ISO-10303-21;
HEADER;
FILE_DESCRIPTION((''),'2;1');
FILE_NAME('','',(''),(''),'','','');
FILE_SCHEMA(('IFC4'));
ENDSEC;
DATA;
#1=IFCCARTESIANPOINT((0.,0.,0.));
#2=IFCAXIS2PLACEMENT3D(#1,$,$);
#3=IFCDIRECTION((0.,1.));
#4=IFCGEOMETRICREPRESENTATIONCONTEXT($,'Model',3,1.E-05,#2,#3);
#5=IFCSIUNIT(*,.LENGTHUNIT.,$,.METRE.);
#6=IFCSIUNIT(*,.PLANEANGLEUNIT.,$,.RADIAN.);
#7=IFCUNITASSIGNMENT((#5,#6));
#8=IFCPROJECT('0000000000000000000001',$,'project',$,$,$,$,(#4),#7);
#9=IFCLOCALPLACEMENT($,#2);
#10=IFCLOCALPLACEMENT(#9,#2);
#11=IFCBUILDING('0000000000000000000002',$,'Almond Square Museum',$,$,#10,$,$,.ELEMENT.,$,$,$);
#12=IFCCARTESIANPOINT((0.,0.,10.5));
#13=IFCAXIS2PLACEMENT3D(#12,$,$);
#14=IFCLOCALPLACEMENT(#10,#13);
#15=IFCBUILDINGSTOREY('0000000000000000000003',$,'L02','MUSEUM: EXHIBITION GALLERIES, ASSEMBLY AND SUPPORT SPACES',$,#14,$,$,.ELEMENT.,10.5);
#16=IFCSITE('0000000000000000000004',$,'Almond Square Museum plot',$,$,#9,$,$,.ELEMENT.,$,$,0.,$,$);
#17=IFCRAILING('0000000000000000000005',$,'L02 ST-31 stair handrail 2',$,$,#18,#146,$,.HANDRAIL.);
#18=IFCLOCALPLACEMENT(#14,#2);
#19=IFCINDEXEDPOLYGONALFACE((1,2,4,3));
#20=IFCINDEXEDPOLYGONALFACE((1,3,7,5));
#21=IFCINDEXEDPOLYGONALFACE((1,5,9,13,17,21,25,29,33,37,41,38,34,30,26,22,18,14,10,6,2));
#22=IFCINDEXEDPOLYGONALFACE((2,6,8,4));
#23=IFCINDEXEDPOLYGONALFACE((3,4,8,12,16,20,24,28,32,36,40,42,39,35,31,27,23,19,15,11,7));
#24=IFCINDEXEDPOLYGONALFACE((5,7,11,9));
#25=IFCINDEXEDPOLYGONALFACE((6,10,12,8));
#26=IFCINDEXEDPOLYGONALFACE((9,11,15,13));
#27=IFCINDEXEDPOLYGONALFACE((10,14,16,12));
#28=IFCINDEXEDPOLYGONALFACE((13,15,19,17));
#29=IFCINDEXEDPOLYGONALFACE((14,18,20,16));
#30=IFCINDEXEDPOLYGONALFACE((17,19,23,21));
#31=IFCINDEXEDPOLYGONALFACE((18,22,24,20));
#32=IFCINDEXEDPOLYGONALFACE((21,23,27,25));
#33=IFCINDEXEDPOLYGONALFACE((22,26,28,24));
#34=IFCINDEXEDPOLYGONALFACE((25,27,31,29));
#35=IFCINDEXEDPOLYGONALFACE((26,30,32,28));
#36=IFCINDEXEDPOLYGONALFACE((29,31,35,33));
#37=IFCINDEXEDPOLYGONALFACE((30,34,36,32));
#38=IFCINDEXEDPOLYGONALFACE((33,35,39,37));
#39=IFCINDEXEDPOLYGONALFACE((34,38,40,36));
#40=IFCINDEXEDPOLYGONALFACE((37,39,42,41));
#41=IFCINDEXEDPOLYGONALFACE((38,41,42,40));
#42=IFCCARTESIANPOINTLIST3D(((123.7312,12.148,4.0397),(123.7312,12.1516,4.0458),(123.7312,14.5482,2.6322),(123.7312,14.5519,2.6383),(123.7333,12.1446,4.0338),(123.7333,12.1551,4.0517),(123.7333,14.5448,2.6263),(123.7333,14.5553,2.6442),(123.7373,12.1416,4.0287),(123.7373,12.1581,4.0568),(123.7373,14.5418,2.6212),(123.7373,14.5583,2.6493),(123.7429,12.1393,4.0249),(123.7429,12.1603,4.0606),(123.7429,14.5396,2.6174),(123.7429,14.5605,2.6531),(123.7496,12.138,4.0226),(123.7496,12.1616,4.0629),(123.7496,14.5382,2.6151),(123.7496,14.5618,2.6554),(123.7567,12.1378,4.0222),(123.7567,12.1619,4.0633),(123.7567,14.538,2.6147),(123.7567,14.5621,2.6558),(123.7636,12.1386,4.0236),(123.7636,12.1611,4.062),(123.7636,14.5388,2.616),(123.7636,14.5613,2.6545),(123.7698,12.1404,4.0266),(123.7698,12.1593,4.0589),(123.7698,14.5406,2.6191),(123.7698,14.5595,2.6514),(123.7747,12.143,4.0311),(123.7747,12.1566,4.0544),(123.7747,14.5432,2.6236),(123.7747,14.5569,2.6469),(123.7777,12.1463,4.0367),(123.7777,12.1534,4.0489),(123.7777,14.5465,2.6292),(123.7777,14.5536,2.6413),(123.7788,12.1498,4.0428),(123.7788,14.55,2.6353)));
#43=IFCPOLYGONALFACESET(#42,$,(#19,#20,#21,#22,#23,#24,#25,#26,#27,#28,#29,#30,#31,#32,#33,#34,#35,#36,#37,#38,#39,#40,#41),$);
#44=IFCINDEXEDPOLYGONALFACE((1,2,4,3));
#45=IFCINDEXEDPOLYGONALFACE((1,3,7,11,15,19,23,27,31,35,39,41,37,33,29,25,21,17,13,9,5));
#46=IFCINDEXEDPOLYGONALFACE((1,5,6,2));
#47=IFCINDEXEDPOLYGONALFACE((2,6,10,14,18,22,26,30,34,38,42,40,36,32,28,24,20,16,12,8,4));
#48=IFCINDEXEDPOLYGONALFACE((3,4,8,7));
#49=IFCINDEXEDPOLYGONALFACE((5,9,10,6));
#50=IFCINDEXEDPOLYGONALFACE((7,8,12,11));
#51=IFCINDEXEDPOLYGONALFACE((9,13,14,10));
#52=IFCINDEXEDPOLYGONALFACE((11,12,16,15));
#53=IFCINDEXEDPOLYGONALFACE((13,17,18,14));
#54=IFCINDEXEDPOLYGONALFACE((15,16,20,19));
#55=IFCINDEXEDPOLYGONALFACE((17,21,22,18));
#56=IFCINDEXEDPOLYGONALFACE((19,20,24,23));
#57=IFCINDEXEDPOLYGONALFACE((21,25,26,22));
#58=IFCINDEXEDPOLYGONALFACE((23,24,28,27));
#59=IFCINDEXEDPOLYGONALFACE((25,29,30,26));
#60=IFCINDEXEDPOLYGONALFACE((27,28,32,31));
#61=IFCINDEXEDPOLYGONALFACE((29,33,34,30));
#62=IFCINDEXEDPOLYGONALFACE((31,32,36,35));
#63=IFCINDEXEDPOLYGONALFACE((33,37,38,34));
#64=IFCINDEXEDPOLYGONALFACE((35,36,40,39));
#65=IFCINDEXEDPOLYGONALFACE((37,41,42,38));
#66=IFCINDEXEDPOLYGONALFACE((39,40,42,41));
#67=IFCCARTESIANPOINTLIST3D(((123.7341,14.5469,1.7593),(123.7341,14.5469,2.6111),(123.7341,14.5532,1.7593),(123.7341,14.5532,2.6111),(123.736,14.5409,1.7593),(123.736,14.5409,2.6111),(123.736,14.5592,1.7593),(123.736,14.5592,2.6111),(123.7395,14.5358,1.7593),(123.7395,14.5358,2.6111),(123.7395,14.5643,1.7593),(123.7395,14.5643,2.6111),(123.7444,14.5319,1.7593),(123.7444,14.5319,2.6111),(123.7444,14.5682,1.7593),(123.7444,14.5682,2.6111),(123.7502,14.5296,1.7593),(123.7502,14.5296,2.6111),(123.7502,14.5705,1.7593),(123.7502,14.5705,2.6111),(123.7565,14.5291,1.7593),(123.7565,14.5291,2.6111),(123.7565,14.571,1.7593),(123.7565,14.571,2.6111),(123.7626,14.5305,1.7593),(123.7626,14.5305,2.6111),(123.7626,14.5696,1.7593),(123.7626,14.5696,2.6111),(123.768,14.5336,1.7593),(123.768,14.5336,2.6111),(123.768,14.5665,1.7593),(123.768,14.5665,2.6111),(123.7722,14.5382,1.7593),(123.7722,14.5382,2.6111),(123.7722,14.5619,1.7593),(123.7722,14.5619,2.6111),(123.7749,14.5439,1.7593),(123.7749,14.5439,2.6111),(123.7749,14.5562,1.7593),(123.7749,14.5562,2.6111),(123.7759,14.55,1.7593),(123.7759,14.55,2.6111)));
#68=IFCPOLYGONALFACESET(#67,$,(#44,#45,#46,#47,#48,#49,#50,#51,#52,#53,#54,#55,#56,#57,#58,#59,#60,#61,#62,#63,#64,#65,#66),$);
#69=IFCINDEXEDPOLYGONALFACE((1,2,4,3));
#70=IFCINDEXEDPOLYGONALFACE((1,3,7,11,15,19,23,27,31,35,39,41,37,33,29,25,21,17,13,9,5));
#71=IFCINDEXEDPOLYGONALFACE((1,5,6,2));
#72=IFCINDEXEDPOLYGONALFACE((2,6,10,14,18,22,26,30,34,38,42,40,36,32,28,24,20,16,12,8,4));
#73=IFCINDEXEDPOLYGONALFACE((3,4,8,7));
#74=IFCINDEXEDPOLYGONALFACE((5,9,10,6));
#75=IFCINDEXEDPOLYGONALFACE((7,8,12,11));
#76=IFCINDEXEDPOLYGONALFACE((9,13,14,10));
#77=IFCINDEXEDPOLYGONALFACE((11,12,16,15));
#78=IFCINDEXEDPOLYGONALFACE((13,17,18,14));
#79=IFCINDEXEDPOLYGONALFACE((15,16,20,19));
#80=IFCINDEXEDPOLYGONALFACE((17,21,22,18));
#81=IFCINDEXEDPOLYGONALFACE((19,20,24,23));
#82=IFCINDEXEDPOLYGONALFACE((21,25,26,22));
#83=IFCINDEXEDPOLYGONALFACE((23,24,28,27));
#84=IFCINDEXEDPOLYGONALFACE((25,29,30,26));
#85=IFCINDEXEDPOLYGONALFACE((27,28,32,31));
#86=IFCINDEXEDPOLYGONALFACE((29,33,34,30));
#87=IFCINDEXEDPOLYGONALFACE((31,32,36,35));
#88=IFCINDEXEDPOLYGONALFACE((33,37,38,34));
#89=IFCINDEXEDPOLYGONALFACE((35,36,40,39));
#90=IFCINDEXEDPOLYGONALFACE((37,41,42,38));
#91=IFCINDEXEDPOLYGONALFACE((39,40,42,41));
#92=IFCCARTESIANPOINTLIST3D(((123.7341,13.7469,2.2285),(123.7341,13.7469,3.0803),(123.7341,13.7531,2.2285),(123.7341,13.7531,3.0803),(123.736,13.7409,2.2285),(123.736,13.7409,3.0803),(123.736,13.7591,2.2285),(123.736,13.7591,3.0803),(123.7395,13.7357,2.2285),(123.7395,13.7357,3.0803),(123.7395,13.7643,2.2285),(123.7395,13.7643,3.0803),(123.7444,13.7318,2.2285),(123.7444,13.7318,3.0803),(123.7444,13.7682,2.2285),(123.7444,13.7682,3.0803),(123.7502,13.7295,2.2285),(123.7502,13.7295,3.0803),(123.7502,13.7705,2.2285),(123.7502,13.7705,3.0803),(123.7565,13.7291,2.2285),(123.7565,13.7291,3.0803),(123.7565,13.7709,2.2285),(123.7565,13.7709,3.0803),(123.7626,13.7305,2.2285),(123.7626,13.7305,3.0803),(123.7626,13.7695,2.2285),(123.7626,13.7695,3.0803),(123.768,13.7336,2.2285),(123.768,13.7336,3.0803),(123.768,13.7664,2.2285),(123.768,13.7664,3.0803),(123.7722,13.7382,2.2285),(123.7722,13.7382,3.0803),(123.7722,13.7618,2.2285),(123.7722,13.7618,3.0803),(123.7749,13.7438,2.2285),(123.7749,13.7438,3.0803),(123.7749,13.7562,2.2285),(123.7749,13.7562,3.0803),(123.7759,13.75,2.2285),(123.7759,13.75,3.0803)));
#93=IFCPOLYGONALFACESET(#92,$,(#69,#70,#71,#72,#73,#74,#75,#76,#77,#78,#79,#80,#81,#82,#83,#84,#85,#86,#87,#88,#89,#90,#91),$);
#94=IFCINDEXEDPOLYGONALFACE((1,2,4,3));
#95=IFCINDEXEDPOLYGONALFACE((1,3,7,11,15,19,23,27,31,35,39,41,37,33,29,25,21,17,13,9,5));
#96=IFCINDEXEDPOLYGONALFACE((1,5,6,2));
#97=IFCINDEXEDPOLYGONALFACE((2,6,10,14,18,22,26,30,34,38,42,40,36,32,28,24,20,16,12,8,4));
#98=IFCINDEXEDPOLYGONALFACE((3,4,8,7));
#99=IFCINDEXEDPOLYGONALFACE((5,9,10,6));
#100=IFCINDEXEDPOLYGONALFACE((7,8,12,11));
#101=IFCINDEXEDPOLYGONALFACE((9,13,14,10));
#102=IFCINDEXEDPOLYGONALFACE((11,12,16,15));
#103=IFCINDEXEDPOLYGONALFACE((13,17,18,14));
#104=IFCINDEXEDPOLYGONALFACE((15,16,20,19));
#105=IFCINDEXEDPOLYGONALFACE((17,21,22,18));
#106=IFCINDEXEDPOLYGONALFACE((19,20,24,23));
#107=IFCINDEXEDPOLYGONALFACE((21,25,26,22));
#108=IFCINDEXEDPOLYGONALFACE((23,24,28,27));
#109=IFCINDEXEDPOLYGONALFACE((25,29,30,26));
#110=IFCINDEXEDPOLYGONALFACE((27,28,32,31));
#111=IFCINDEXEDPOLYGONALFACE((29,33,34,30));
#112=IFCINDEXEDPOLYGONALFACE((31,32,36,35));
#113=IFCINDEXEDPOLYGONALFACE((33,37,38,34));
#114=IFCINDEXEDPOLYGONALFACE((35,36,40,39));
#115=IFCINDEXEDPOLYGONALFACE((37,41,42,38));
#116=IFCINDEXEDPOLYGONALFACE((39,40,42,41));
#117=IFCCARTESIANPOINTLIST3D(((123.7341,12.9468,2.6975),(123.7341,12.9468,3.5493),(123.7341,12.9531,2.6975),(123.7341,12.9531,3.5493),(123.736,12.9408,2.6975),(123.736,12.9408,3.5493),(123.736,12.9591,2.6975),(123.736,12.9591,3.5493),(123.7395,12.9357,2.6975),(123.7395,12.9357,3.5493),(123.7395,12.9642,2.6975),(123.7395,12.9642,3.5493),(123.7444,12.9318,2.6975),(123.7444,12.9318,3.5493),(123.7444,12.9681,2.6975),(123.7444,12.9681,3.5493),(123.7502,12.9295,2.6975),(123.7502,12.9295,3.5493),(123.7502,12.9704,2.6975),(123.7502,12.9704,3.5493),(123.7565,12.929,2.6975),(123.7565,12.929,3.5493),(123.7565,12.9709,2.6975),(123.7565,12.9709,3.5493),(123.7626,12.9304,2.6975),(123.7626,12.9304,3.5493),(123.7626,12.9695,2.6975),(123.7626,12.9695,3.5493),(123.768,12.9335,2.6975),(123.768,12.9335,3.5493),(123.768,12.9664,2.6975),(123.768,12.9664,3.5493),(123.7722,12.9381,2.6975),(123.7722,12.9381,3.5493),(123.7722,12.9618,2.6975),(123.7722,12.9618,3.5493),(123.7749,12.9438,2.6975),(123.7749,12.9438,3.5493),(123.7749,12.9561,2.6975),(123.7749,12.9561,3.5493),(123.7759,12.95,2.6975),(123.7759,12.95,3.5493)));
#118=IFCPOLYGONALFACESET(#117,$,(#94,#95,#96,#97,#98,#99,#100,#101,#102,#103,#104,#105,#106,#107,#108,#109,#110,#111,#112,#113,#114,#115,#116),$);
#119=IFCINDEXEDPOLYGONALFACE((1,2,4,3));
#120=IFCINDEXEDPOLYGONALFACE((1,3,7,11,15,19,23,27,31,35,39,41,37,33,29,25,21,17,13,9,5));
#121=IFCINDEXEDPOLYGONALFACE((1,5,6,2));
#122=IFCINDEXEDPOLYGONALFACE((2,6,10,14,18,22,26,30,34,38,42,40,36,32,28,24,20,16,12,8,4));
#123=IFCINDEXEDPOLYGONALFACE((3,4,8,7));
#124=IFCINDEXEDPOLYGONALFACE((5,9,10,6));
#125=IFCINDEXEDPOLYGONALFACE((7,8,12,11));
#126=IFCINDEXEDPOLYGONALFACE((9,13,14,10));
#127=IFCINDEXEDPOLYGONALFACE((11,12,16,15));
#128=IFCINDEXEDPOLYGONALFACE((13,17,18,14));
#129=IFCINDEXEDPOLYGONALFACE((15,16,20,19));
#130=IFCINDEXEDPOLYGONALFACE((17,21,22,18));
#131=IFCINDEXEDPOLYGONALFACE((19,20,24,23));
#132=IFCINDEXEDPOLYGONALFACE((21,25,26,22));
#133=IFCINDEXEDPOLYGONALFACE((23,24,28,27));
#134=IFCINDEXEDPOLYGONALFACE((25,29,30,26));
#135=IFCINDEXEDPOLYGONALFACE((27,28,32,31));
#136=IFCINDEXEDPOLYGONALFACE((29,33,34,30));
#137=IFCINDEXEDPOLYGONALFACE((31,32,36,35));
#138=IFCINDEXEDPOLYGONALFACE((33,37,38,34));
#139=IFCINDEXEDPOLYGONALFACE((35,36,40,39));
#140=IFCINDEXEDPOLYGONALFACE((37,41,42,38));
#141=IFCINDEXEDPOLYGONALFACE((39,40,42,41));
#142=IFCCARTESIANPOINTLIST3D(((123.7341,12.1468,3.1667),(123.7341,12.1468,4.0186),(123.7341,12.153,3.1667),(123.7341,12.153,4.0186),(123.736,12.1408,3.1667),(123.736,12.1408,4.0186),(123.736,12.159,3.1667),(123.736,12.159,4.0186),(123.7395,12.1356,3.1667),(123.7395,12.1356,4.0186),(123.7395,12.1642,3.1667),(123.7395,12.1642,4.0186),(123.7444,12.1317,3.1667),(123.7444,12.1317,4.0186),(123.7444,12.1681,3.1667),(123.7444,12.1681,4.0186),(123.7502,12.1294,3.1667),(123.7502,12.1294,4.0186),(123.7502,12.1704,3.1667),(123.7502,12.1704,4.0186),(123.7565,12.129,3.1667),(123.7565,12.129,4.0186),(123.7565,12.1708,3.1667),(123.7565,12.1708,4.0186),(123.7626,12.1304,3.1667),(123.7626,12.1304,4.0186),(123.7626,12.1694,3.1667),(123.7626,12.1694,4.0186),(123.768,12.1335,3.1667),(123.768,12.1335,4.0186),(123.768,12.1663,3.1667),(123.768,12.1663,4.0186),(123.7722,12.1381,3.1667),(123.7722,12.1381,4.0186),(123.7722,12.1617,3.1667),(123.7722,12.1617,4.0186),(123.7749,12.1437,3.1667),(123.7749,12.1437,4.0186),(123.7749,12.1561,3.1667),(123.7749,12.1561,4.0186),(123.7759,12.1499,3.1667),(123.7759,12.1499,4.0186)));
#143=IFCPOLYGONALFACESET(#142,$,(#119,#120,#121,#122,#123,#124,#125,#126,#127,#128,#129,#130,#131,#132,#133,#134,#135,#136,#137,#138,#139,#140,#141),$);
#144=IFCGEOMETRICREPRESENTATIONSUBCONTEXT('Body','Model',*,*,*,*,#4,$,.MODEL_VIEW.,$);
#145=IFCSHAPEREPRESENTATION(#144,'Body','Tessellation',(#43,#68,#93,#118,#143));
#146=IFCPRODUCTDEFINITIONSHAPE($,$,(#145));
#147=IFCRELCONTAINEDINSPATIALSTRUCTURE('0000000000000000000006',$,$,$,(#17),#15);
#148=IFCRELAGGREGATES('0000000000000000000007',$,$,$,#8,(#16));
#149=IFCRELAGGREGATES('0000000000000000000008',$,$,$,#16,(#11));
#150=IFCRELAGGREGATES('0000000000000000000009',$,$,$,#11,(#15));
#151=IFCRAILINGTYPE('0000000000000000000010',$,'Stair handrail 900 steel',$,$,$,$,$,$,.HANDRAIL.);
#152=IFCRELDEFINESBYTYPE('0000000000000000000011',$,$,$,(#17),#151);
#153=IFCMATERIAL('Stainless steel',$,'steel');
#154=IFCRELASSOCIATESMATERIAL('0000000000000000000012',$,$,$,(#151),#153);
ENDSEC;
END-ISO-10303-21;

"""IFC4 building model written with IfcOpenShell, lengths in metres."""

from ifc_helpers import new_model, si_unit, direction, frame, origin, origin_2d, place, context, subcontext, project, spatial, circle, extrude, material, type_object, element, save


model = new_model("IFC4")

# Units and contexts
model_context = context("Model", 3, precision=1e-05, world=origin(), true_north=direction((0.0, 1.0)))
body_context = subcontext(model_context, "Body", "Model", "MODEL_VIEW")
ifc_project = project(units=[si_unit("LENGTHUNIT", "METRE"), si_unit("PLANEANGLEUNIT", "RADIAN")], contexts=[model_context])

# Site, building, storey
site_placement = place(None, origin())
site = spatial("IfcSite", under=ifc_project, at=site_placement, Name="Almond Square Museum plot", CompositionType="ELEMENT", RefElevation=0.0)
building_placement = place(site_placement, origin())
building = spatial("IfcBuilding", under=site, at=building_placement, Name="Almond Square Museum", CompositionType="ELEMENT")
storey_placement = place(building_placement, frame((0.0, 0.0, 10.5)))
storey = spatial("IfcBuildingStorey", under=building, at=storey_placement, Name="L02", Description="MUSEUM: EXHIBITION GALLERIES, ASSEMBLY AND SUPPORT SPACES", CompositionType="ELEMENT", Elevation=10.5)

# Railing
ifc_material_1 = material(Name="Stainless steel", Category="steel")
railing_type_1 = type_object("IfcRailingType", Name="Stair handrail 900 steel", PredefinedType="HANDRAIL", material=ifc_material_1)
railing_1_placement = place(storey_placement, frame((123.7549, 14.55, 1.7593)))
element("IfcRailing", 1, at=railing_1_placement, inside=storey, type_object=railing_type_1, Name="L02 ST-31 stair handrail 2", PredefinedType="HANDRAIL", context=body_context, shape_type="SweptSolid", body=[
    extrude(circle(Radius=0.0239, at=origin_2d()), frame((0.0, 0.0, 0.876), z_axis=(0.0, -0.862621, 0.50585), x_axis=(1.0, 0.0, 0.0)), (0.0, 0.0, 1.0), 2.7825),
    extrude(circle(Radius=0.021, at=origin_2d()), origin(), (0.0, 0.0, 1.0), 0.8518),
    extrude(circle(Radius=0.021, at=origin_2d()), frame((0.0, -0.8, 0.4692)), (0.0, 0.0, 1.0), 0.8518),
    extrude(circle(Radius=0.021, at=origin_2d()), frame((0.0, -1.6001, 0.9382)), (0.0, 0.0, 1.0), 0.8518),
    extrude(circle(Radius=0.021, at=origin_2d()), frame((0.0, -2.4001, 1.4075)), (0.0, 0.0, 1.0), 0.8518),
])

save(model, "model.ifc")
